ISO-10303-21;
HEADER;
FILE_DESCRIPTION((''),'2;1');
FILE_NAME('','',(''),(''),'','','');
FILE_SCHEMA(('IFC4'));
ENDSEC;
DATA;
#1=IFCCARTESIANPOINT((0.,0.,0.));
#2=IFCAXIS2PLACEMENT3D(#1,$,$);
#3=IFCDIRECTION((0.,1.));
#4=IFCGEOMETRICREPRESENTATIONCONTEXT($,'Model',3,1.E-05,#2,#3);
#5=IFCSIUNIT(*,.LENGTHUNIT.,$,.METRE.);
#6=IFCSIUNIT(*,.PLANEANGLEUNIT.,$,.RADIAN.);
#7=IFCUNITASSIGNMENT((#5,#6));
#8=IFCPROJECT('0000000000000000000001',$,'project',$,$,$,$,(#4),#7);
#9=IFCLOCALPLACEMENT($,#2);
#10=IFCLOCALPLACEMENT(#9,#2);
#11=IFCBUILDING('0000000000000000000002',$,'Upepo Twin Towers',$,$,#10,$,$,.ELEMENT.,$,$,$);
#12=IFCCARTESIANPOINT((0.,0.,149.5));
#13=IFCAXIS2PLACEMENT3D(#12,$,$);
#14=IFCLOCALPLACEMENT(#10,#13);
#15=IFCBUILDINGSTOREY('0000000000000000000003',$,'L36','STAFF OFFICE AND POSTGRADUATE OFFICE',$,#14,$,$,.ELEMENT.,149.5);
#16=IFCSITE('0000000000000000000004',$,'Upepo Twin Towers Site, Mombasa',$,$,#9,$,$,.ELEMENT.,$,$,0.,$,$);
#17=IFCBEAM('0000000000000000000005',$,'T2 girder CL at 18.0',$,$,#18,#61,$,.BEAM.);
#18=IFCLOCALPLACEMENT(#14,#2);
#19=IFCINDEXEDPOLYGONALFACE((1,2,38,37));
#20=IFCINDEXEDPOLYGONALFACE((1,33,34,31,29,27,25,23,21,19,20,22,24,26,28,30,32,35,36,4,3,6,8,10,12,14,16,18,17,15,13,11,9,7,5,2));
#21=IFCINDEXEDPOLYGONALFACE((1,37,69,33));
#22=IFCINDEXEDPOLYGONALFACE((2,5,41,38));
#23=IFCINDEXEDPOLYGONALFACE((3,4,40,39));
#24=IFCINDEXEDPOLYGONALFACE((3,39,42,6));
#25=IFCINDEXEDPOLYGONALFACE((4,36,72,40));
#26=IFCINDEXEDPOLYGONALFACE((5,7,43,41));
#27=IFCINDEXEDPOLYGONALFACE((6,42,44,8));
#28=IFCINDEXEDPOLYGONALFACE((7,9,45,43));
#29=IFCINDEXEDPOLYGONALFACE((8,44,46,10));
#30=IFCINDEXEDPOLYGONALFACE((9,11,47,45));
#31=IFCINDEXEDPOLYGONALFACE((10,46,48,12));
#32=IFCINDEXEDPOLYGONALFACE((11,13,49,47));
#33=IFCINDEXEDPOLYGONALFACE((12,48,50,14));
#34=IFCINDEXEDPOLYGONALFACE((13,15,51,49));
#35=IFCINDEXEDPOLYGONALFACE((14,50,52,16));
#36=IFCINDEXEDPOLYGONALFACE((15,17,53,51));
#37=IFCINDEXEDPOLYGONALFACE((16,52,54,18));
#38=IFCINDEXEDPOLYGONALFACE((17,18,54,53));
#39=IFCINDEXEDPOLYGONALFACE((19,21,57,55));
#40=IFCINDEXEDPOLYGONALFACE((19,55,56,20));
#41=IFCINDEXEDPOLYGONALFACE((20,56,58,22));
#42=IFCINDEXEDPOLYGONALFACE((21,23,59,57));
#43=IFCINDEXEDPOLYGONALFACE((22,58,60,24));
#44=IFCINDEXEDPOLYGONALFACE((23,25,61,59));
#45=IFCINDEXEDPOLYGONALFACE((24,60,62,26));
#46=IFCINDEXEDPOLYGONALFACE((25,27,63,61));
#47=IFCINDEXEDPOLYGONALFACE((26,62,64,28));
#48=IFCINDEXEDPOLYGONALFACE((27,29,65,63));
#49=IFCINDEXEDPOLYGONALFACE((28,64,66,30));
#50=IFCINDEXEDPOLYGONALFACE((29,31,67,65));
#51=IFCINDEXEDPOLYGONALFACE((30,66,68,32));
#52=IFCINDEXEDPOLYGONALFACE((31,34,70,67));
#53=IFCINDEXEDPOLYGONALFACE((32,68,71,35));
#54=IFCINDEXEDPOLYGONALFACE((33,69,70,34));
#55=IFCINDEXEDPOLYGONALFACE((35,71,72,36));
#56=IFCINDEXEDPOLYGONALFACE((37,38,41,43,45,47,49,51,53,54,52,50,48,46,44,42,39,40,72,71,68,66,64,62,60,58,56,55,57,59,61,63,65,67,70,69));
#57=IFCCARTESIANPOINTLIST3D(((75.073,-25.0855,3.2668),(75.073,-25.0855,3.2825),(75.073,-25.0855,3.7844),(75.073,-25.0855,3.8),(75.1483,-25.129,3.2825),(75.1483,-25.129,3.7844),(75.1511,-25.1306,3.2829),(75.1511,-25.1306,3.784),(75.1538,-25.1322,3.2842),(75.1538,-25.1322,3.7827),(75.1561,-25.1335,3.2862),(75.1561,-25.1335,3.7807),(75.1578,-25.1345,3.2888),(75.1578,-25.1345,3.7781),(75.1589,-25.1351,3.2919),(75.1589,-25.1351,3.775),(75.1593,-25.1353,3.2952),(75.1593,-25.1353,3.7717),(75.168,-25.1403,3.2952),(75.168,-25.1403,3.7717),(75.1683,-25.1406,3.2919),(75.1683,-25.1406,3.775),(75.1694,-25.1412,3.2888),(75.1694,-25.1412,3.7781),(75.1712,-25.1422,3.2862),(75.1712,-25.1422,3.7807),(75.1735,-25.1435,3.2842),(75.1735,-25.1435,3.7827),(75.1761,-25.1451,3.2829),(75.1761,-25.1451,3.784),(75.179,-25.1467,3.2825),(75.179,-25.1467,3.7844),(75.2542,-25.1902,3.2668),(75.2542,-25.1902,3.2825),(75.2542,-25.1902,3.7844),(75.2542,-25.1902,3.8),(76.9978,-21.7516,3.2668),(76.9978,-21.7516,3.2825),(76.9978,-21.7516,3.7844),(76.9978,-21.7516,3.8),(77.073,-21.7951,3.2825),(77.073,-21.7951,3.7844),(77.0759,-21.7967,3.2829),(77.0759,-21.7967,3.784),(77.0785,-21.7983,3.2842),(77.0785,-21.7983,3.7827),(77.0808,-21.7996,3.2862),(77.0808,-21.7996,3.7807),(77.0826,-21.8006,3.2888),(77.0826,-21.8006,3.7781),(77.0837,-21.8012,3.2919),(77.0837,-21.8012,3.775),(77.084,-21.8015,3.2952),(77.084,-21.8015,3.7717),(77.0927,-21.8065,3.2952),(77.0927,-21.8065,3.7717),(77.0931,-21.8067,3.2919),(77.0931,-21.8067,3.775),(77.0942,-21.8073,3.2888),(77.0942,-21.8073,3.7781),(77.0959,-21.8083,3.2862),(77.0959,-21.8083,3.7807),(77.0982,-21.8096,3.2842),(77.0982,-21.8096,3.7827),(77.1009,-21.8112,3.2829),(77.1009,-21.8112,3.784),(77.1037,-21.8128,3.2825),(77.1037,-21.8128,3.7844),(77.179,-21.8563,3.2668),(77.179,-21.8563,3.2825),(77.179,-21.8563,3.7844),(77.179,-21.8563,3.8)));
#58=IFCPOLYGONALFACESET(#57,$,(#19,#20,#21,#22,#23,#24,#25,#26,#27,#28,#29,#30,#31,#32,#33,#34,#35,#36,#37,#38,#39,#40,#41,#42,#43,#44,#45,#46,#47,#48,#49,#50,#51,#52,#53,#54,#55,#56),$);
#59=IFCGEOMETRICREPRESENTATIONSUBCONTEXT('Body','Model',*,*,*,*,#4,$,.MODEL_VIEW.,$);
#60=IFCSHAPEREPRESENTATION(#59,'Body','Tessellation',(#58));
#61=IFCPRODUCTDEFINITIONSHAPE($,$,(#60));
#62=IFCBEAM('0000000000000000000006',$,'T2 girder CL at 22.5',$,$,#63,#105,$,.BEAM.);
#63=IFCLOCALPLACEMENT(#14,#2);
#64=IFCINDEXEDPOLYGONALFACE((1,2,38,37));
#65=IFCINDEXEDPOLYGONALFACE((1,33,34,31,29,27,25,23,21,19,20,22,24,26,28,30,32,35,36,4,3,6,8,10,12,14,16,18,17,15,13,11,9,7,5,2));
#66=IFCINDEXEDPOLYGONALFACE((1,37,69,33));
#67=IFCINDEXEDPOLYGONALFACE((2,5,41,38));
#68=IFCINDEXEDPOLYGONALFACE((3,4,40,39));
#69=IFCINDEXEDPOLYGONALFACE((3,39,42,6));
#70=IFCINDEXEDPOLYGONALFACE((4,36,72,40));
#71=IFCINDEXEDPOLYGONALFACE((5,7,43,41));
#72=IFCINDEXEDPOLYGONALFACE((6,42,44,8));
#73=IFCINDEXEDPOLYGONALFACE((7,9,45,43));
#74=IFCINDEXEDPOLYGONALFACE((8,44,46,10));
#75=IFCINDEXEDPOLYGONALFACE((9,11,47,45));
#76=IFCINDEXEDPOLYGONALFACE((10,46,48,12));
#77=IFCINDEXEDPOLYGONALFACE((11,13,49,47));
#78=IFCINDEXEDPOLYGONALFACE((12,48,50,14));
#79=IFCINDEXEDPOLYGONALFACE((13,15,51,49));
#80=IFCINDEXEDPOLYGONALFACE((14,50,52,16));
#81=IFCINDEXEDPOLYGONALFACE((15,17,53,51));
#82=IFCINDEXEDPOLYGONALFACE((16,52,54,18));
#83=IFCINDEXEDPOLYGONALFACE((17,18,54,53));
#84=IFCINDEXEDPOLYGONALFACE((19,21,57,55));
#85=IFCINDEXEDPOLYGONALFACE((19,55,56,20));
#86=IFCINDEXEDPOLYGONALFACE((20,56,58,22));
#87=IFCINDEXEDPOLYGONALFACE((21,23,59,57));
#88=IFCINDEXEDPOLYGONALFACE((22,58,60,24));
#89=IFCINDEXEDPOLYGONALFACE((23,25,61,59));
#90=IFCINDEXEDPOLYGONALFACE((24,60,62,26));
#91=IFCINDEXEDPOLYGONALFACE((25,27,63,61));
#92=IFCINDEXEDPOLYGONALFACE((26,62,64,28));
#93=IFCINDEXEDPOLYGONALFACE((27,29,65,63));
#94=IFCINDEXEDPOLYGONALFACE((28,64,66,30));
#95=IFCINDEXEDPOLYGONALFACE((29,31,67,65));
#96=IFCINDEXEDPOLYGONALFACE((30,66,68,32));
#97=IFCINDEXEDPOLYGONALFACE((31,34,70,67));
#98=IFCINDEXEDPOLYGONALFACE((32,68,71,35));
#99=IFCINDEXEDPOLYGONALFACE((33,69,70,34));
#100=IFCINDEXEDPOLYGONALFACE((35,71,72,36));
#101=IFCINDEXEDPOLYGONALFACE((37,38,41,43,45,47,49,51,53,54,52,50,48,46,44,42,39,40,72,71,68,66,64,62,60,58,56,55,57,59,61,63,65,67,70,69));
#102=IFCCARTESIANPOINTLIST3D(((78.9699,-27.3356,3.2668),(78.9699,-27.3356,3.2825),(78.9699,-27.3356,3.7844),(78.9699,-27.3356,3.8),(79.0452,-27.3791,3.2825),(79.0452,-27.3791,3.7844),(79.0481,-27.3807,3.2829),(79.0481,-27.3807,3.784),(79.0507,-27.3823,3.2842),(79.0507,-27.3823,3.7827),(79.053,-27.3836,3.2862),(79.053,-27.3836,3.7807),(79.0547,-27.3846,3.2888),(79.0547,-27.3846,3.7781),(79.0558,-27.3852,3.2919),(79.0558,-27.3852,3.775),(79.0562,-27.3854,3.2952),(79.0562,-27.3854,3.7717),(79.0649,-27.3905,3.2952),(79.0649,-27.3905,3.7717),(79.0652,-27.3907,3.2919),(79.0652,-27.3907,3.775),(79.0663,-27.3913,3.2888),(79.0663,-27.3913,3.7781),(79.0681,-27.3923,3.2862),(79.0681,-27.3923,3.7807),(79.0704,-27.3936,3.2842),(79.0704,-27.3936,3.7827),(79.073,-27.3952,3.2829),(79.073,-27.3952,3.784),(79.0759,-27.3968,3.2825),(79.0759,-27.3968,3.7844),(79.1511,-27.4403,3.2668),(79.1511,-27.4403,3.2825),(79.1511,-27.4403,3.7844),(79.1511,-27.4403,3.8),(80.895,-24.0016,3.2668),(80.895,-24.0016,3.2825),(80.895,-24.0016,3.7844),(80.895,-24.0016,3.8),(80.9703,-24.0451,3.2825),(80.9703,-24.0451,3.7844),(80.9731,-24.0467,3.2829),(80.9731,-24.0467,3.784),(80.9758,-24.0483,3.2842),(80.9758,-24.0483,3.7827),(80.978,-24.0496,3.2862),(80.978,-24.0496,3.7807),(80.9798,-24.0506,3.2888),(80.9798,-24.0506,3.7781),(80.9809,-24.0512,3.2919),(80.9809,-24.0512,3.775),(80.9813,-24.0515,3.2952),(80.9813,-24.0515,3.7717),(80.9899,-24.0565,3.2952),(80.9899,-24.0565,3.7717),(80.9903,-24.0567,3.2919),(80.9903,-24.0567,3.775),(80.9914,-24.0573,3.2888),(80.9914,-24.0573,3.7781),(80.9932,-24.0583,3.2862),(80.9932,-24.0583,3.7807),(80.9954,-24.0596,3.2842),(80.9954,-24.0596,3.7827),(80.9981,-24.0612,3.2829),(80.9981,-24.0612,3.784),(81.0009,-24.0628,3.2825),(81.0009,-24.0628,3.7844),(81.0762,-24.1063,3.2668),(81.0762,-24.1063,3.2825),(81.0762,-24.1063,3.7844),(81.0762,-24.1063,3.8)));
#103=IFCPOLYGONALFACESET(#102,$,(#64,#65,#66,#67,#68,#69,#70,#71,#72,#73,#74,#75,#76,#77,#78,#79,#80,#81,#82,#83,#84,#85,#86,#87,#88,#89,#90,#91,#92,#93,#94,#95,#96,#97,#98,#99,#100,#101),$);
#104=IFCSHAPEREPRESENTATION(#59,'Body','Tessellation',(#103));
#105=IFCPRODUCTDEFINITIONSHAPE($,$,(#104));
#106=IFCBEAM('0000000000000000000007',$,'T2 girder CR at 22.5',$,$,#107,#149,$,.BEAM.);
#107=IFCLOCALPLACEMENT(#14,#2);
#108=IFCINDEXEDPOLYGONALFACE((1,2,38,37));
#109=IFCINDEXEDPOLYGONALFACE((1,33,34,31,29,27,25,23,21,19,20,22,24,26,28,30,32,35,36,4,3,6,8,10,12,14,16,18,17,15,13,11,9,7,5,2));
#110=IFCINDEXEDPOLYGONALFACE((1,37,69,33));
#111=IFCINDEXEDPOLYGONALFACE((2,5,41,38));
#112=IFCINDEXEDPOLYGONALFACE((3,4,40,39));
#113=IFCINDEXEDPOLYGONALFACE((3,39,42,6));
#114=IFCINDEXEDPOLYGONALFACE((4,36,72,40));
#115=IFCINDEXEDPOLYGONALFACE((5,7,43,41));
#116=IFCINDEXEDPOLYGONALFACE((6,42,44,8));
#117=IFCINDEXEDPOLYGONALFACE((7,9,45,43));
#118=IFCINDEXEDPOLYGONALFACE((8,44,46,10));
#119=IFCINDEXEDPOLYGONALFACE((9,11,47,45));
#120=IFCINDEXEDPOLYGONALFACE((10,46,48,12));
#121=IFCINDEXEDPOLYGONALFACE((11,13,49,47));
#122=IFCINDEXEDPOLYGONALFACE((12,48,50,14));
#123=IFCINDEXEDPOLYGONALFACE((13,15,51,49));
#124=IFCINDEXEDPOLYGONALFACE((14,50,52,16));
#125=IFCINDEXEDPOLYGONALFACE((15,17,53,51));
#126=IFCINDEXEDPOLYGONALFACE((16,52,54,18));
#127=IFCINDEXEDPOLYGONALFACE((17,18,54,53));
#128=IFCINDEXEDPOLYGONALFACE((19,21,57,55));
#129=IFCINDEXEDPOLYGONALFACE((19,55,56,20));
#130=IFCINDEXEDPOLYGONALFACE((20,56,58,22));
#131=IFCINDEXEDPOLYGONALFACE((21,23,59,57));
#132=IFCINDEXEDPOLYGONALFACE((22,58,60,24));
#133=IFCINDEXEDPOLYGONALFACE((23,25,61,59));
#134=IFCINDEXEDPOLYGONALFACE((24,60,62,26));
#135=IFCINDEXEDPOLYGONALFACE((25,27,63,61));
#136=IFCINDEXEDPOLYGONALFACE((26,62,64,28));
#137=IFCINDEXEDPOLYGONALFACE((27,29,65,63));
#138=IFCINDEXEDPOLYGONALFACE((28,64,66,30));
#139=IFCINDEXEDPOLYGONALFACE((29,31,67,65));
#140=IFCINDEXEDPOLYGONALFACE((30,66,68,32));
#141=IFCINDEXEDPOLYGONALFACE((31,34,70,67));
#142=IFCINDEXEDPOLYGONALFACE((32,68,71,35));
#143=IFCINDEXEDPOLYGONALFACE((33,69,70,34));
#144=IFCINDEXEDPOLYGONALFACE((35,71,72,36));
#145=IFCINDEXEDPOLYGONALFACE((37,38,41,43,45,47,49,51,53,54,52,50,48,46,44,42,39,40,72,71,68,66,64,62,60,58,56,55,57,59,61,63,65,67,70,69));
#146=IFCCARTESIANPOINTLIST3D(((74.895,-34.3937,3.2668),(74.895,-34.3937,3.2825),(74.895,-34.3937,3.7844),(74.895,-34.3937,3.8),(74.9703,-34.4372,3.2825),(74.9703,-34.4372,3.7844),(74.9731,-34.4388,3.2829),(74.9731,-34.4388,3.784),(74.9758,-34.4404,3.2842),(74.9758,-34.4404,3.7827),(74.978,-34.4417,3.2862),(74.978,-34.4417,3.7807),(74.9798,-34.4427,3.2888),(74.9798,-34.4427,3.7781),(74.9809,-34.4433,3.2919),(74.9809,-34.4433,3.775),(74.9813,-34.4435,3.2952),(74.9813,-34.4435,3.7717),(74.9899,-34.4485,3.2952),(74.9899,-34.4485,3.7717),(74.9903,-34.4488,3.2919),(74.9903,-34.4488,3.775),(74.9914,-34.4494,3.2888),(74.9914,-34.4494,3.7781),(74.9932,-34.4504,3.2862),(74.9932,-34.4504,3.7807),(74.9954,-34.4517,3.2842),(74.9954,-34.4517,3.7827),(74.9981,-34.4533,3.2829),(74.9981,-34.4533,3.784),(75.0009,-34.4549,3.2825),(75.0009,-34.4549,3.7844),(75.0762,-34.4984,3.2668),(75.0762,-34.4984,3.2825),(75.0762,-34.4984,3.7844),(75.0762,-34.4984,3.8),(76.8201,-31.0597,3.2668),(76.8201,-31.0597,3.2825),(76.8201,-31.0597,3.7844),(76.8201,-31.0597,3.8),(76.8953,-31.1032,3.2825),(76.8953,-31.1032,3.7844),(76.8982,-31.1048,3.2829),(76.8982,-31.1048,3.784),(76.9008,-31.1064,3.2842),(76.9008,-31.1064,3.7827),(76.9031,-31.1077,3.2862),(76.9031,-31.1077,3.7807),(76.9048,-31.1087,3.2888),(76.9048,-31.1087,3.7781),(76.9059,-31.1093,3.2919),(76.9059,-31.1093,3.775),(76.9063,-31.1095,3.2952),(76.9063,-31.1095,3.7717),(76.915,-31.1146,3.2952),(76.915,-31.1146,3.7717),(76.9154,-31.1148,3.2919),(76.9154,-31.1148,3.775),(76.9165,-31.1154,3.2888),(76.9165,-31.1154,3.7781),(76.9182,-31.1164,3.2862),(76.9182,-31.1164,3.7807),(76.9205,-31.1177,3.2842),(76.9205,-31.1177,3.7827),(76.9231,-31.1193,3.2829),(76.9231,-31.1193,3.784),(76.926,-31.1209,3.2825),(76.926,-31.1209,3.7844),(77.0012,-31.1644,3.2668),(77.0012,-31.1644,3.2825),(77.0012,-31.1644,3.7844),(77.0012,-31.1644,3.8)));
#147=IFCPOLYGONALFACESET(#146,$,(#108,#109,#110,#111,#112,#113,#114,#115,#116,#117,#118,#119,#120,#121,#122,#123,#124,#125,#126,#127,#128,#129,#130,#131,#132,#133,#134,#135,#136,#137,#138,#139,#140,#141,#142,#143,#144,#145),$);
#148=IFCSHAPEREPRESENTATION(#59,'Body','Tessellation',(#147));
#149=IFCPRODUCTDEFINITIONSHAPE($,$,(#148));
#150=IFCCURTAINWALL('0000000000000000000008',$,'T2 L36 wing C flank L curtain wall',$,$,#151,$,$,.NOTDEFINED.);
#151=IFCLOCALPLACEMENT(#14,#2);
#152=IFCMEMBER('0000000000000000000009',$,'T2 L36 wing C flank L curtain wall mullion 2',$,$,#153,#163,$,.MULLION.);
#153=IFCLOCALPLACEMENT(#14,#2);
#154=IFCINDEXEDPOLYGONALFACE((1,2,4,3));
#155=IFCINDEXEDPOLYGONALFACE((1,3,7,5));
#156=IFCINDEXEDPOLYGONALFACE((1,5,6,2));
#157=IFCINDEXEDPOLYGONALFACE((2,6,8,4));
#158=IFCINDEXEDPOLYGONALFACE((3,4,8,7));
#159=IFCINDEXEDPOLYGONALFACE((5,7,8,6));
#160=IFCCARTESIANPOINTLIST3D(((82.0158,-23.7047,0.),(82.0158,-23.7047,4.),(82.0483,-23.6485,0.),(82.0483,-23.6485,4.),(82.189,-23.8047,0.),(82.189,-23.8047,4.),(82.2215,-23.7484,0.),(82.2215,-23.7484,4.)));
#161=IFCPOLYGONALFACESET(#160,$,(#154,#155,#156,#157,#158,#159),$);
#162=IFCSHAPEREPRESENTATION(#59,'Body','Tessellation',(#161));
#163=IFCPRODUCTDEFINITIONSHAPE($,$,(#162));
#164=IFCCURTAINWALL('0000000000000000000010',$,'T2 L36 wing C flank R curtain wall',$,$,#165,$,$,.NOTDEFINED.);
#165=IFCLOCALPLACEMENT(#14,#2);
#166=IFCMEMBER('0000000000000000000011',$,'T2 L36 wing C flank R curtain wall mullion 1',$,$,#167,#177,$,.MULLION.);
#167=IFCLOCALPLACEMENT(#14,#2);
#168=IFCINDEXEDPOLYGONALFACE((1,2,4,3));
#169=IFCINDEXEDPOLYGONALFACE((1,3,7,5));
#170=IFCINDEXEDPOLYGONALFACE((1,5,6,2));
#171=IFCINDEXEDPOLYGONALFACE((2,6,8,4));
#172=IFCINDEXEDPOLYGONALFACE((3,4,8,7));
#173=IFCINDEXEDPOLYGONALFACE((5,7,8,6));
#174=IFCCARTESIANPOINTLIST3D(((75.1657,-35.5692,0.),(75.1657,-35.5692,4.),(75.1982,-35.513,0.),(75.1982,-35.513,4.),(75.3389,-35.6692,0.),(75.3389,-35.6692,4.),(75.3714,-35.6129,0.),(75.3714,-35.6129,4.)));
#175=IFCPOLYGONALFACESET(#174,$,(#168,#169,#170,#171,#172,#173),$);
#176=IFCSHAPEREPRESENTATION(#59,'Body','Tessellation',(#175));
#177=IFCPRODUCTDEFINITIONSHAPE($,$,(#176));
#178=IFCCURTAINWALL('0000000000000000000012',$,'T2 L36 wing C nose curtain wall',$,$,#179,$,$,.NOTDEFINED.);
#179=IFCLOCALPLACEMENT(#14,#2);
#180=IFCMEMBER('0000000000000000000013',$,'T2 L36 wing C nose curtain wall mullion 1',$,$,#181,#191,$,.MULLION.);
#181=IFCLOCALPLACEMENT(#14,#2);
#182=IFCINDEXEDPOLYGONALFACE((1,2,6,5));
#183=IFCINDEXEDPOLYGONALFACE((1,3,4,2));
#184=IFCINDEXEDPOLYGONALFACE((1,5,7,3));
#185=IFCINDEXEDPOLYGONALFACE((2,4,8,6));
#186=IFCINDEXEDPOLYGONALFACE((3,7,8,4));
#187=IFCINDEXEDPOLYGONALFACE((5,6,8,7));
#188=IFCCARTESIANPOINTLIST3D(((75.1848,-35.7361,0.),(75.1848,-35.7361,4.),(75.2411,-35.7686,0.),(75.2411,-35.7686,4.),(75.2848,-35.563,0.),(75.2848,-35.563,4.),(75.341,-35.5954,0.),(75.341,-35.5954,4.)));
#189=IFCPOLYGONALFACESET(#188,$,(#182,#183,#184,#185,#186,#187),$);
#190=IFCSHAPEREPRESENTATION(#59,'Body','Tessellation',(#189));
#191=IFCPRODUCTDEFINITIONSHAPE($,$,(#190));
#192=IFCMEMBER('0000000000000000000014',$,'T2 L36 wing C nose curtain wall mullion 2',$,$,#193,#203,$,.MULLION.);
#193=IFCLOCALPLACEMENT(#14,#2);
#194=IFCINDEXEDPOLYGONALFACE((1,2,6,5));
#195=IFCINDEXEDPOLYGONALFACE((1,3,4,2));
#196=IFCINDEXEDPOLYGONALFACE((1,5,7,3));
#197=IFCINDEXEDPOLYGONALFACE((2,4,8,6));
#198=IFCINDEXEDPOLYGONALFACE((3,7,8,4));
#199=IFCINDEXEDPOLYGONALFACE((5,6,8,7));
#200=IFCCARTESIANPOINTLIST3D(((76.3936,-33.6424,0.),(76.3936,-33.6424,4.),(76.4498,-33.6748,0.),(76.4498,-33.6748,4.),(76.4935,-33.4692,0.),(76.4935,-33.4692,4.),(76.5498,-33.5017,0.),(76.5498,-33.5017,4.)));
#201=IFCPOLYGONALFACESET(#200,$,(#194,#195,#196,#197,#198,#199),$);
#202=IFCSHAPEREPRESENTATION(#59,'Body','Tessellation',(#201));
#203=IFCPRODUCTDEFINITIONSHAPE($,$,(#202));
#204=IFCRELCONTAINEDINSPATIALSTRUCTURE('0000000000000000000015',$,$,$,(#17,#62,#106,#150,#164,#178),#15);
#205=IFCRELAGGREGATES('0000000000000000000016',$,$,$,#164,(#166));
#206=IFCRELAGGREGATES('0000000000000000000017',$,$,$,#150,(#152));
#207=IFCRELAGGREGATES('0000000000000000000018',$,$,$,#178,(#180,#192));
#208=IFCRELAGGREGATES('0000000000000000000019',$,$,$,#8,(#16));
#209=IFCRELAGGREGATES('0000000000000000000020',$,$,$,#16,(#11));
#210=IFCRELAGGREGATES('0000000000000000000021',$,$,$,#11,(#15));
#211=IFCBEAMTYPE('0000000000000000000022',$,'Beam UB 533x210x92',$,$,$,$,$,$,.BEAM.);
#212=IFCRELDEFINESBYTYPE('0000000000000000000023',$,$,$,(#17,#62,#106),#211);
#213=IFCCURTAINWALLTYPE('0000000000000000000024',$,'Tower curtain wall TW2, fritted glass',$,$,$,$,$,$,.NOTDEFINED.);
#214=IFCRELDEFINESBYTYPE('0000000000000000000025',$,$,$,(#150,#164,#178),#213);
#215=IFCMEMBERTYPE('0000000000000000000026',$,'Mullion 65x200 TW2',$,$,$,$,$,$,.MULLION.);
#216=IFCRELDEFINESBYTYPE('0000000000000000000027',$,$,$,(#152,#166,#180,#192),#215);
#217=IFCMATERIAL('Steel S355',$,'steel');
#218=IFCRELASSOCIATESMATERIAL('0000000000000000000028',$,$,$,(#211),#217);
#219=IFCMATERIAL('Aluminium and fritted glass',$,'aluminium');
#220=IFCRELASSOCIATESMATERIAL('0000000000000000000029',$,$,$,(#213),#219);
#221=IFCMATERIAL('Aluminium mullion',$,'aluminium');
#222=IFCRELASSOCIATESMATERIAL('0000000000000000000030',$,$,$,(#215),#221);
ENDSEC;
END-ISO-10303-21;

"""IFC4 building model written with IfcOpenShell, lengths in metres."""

from ifc_helpers import new_model, si_unit, direction, frame, origin, origin_2d, place, context, subcontext, project, spatial, rectangle, i_section, extrude, material, material_profile, profile_set, type_object, element, aggregate, save


model = new_model("IFC4")

# Units and contexts
model_context = context("Model", 3, precision=1e-05, world=origin(), true_north=direction((0.0, 1.0)))
body_context = subcontext(model_context, "Body", "Model", "MODEL_VIEW")
ifc_project = project(units=[si_unit("LENGTHUNIT", "METRE"), si_unit("PLANEANGLEUNIT", "RADIAN")], contexts=[model_context])

# Site, building, storey
site_placement = place(None, origin())
site = spatial("IfcSite", under=ifc_project, at=site_placement, Name="Upepo Twin Towers Site, Mombasa", CompositionType="ELEMENT", RefElevation=0.0)
building_placement = place(site_placement, origin())
building = spatial("IfcBuilding", under=site, at=building_placement, Name="Upepo Twin Towers", CompositionType="ELEMENT")
storey_placement = place(building_placement, frame((0.0, 0.0, 149.5)))
storey = spatial("IfcBuildingStorey", under=building, at=storey_placement, Name="L36", Description="STAFF OFFICE AND POSTGRADUATE OFFICE", CompositionType="ELEMENT", Elevation=149.5)

# Beams
ifc_material_1 = material(Name="Steel S355", Category="steel")
ifc_material_profile_1 = material_profile(ifc_material_1, i_section(OverallWidth=0.2092, OverallDepth=0.5332, WebThickness=0.01, FlangeThickness=0.0156, FilletRadius=0.0127, at=origin_2d()), Name="UB 533x210x92")
ifc_profile_set_1 = profile_set([ifc_material_profile_1], Name="Steel S355")
beam_type_1 = type_object("IfcBeamType", Name="Beam UB 533x210x92", PredefinedType="BEAM", material=ifc_profile_set_1)
beam_1_placement = place(storey_placement, frame((77.0884, -21.804, 3.5334), z_axis=(-0.499986, -0.866034, 0.0), x_axis=(0.866034, -0.499986, 0.0)))
element("IfcBeam", 1, at=beam_1_placement, inside=storey, type_object=beam_type_1, Name="T2 girder CL at 18.0", PredefinedType="BEAM", context=body_context, shape_type="SweptSolid", body=[
    extrude(i_section(OverallWidth=0.2092, OverallDepth=0.5332, WebThickness=0.01, FlangeThickness=0.0156, FilletRadius=0.0127, at=origin_2d()), origin(), (0.0, 0.0, 1.0), 3.8496),
])
for number, where, z_axis, x_axis, name in (
    (2, (80.9856, -24.054, 3.5334), (-0.500034, -0.866006, 0.0), (0.866006, -0.500034, 0.0), "T2 girder CL at 22.5"),
    (3, (74.9856, -34.446, 3.5334), (0.500034, 0.866006, 0.0), (-0.866006, 0.500034, 0.0), "T2 girder CR at 22.5"),
):
    element("IfcBeam", number, at=place(storey_placement, frame(where, z_axis=z_axis, x_axis=x_axis)), inside=storey, type_object=beam_type_1, Name=name, PredefinedType="BEAM", context=body_context, shape_type="SweptSolid", body=[
        extrude(i_section(OverallWidth=0.2092, OverallDepth=0.5332, WebThickness=0.01, FlangeThickness=0.0156, FilletRadius=0.0127, at=origin_2d()), origin(), (0.0, 0.0, 1.0), 3.8499),
    ])

# Curtain walls, members
ifc_material_2 = material(Name="Aluminium and fritted glass", Category="aluminium")
curtain_wall_type = type_object("IfcCurtainWallType", Name="Tower curtain wall TW2, fritted glass", PredefinedType="NOTDEFINED", material=ifc_material_2)
curtain_wall_1_placement = place(storey_placement, origin())
curtain_wall_1 = element("IfcCurtainWall", 4, at=curtain_wall_1_placement, inside=storey, type_object=curtain_wall_type, Name="T2 L36 wing C flank L curtain wall", PredefinedType="NOTDEFINED")
ifc_material_3 = material(Name="Aluminium mullion", Category="aluminium")
ifc_material_profile_2 = material_profile(ifc_material_3, rectangle(XDim=0.0649, YDim=0.2, at=origin_2d()), Name="MULLION 65x200")
ifc_profile_set_2 = profile_set([ifc_material_profile_2], Name="Aluminium mullion")
member_type_1 = type_object("IfcMemberType", Name="Mullion 65x200 TW2", PredefinedType="MULLION", material=ifc_profile_set_2)
member_1_placement = place(storey_placement, frame((82.1187, -23.7266, 0.0), z_axis=(0.0, 0.0, 1.0), x_axis=(0.5, 0.866025, 0.0)))
member_1 = element("IfcMember", 5, at=member_1_placement, type_object=member_type_1, Name="T2 L36 wing C flank L curtain wall mullion 2", PredefinedType="MULLION", context=body_context, shape_type="SweptSolid", body=[
    extrude(rectangle(XDim=0.0649, YDim=0.2, at=origin_2d()), origin(), (0.0, 0.0, 1.0), 4.0),
])
curtain_wall_2_placement = place(storey_placement, origin())
curtain_wall_2 = element("IfcCurtainWall", 6, at=curtain_wall_2_placement, inside=storey, type_object=curtain_wall_type, Name="T2 L36 wing C flank R curtain wall", PredefinedType="NOTDEFINED")
member_2_placement = place(storey_placement, frame((75.2686, -35.5911, 0.0), z_axis=(0.0, 0.0, 1.0), x_axis=(-0.5, -0.866025, 0.0)))
member_2 = element("IfcMember", 7, at=member_2_placement, type_object=member_type_1, Name="T2 L36 wing C flank R curtain wall mullion 1", PredefinedType="MULLION", context=body_context, shape_type="SweptSolid", body=[
    extrude(rectangle(XDim=0.0649, YDim=0.2, at=origin_2d()), origin(), (0.0, 0.0, 1.0), 4.0),
])

# Curtain wall, members
curtain_wall_3_placement = place(storey_placement, origin())
curtain_wall_3 = element("IfcCurtainWall", 8, at=curtain_wall_3_placement, inside=storey, type_object=curtain_wall_type, Name="T2 L36 wing C nose curtain wall", PredefinedType="NOTDEFINED")
member_3_placement = place(storey_placement, frame((75.2629, -35.6658, 0.0), z_axis=(0.0, 0.0, 1.0), x_axis=(-0.866025, 0.5, 0.0)))
member_3 = element("IfcMember", 9, at=member_3_placement, type_object=member_type_1, Name="T2 L36 wing C nose curtain wall mullion 1", PredefinedType="MULLION", context=body_context, shape_type="SweptSolid", body=[
    extrude(rectangle(XDim=0.0649, YDim=0.2, at=origin_2d()), origin(), (0.0, 0.0, 1.0), 4.0),
])
member_4_placement = place(storey_placement, frame((76.4717, -33.572, 0.0), z_axis=(0.0, 0.0, 1.0), x_axis=(-0.866025, 0.5, 0.0)))
member_4 = element("IfcMember", 10, at=member_4_placement, type_object=member_type_1, Name="T2 L36 wing C nose curtain wall mullion 2", PredefinedType="MULLION", context=body_context, shape_type="SweptSolid", body=[
    extrude(rectangle(XDim=0.0649, YDim=0.2, at=origin_2d()), origin(), (0.0, 0.0, 1.0), 4.0),
])

aggregate(curtain_wall_2, [member_2])

aggregate(curtain_wall_1, [member_1])
aggregate(curtain_wall_3, [member_3, member_4])

save(model, "model.ifc")
